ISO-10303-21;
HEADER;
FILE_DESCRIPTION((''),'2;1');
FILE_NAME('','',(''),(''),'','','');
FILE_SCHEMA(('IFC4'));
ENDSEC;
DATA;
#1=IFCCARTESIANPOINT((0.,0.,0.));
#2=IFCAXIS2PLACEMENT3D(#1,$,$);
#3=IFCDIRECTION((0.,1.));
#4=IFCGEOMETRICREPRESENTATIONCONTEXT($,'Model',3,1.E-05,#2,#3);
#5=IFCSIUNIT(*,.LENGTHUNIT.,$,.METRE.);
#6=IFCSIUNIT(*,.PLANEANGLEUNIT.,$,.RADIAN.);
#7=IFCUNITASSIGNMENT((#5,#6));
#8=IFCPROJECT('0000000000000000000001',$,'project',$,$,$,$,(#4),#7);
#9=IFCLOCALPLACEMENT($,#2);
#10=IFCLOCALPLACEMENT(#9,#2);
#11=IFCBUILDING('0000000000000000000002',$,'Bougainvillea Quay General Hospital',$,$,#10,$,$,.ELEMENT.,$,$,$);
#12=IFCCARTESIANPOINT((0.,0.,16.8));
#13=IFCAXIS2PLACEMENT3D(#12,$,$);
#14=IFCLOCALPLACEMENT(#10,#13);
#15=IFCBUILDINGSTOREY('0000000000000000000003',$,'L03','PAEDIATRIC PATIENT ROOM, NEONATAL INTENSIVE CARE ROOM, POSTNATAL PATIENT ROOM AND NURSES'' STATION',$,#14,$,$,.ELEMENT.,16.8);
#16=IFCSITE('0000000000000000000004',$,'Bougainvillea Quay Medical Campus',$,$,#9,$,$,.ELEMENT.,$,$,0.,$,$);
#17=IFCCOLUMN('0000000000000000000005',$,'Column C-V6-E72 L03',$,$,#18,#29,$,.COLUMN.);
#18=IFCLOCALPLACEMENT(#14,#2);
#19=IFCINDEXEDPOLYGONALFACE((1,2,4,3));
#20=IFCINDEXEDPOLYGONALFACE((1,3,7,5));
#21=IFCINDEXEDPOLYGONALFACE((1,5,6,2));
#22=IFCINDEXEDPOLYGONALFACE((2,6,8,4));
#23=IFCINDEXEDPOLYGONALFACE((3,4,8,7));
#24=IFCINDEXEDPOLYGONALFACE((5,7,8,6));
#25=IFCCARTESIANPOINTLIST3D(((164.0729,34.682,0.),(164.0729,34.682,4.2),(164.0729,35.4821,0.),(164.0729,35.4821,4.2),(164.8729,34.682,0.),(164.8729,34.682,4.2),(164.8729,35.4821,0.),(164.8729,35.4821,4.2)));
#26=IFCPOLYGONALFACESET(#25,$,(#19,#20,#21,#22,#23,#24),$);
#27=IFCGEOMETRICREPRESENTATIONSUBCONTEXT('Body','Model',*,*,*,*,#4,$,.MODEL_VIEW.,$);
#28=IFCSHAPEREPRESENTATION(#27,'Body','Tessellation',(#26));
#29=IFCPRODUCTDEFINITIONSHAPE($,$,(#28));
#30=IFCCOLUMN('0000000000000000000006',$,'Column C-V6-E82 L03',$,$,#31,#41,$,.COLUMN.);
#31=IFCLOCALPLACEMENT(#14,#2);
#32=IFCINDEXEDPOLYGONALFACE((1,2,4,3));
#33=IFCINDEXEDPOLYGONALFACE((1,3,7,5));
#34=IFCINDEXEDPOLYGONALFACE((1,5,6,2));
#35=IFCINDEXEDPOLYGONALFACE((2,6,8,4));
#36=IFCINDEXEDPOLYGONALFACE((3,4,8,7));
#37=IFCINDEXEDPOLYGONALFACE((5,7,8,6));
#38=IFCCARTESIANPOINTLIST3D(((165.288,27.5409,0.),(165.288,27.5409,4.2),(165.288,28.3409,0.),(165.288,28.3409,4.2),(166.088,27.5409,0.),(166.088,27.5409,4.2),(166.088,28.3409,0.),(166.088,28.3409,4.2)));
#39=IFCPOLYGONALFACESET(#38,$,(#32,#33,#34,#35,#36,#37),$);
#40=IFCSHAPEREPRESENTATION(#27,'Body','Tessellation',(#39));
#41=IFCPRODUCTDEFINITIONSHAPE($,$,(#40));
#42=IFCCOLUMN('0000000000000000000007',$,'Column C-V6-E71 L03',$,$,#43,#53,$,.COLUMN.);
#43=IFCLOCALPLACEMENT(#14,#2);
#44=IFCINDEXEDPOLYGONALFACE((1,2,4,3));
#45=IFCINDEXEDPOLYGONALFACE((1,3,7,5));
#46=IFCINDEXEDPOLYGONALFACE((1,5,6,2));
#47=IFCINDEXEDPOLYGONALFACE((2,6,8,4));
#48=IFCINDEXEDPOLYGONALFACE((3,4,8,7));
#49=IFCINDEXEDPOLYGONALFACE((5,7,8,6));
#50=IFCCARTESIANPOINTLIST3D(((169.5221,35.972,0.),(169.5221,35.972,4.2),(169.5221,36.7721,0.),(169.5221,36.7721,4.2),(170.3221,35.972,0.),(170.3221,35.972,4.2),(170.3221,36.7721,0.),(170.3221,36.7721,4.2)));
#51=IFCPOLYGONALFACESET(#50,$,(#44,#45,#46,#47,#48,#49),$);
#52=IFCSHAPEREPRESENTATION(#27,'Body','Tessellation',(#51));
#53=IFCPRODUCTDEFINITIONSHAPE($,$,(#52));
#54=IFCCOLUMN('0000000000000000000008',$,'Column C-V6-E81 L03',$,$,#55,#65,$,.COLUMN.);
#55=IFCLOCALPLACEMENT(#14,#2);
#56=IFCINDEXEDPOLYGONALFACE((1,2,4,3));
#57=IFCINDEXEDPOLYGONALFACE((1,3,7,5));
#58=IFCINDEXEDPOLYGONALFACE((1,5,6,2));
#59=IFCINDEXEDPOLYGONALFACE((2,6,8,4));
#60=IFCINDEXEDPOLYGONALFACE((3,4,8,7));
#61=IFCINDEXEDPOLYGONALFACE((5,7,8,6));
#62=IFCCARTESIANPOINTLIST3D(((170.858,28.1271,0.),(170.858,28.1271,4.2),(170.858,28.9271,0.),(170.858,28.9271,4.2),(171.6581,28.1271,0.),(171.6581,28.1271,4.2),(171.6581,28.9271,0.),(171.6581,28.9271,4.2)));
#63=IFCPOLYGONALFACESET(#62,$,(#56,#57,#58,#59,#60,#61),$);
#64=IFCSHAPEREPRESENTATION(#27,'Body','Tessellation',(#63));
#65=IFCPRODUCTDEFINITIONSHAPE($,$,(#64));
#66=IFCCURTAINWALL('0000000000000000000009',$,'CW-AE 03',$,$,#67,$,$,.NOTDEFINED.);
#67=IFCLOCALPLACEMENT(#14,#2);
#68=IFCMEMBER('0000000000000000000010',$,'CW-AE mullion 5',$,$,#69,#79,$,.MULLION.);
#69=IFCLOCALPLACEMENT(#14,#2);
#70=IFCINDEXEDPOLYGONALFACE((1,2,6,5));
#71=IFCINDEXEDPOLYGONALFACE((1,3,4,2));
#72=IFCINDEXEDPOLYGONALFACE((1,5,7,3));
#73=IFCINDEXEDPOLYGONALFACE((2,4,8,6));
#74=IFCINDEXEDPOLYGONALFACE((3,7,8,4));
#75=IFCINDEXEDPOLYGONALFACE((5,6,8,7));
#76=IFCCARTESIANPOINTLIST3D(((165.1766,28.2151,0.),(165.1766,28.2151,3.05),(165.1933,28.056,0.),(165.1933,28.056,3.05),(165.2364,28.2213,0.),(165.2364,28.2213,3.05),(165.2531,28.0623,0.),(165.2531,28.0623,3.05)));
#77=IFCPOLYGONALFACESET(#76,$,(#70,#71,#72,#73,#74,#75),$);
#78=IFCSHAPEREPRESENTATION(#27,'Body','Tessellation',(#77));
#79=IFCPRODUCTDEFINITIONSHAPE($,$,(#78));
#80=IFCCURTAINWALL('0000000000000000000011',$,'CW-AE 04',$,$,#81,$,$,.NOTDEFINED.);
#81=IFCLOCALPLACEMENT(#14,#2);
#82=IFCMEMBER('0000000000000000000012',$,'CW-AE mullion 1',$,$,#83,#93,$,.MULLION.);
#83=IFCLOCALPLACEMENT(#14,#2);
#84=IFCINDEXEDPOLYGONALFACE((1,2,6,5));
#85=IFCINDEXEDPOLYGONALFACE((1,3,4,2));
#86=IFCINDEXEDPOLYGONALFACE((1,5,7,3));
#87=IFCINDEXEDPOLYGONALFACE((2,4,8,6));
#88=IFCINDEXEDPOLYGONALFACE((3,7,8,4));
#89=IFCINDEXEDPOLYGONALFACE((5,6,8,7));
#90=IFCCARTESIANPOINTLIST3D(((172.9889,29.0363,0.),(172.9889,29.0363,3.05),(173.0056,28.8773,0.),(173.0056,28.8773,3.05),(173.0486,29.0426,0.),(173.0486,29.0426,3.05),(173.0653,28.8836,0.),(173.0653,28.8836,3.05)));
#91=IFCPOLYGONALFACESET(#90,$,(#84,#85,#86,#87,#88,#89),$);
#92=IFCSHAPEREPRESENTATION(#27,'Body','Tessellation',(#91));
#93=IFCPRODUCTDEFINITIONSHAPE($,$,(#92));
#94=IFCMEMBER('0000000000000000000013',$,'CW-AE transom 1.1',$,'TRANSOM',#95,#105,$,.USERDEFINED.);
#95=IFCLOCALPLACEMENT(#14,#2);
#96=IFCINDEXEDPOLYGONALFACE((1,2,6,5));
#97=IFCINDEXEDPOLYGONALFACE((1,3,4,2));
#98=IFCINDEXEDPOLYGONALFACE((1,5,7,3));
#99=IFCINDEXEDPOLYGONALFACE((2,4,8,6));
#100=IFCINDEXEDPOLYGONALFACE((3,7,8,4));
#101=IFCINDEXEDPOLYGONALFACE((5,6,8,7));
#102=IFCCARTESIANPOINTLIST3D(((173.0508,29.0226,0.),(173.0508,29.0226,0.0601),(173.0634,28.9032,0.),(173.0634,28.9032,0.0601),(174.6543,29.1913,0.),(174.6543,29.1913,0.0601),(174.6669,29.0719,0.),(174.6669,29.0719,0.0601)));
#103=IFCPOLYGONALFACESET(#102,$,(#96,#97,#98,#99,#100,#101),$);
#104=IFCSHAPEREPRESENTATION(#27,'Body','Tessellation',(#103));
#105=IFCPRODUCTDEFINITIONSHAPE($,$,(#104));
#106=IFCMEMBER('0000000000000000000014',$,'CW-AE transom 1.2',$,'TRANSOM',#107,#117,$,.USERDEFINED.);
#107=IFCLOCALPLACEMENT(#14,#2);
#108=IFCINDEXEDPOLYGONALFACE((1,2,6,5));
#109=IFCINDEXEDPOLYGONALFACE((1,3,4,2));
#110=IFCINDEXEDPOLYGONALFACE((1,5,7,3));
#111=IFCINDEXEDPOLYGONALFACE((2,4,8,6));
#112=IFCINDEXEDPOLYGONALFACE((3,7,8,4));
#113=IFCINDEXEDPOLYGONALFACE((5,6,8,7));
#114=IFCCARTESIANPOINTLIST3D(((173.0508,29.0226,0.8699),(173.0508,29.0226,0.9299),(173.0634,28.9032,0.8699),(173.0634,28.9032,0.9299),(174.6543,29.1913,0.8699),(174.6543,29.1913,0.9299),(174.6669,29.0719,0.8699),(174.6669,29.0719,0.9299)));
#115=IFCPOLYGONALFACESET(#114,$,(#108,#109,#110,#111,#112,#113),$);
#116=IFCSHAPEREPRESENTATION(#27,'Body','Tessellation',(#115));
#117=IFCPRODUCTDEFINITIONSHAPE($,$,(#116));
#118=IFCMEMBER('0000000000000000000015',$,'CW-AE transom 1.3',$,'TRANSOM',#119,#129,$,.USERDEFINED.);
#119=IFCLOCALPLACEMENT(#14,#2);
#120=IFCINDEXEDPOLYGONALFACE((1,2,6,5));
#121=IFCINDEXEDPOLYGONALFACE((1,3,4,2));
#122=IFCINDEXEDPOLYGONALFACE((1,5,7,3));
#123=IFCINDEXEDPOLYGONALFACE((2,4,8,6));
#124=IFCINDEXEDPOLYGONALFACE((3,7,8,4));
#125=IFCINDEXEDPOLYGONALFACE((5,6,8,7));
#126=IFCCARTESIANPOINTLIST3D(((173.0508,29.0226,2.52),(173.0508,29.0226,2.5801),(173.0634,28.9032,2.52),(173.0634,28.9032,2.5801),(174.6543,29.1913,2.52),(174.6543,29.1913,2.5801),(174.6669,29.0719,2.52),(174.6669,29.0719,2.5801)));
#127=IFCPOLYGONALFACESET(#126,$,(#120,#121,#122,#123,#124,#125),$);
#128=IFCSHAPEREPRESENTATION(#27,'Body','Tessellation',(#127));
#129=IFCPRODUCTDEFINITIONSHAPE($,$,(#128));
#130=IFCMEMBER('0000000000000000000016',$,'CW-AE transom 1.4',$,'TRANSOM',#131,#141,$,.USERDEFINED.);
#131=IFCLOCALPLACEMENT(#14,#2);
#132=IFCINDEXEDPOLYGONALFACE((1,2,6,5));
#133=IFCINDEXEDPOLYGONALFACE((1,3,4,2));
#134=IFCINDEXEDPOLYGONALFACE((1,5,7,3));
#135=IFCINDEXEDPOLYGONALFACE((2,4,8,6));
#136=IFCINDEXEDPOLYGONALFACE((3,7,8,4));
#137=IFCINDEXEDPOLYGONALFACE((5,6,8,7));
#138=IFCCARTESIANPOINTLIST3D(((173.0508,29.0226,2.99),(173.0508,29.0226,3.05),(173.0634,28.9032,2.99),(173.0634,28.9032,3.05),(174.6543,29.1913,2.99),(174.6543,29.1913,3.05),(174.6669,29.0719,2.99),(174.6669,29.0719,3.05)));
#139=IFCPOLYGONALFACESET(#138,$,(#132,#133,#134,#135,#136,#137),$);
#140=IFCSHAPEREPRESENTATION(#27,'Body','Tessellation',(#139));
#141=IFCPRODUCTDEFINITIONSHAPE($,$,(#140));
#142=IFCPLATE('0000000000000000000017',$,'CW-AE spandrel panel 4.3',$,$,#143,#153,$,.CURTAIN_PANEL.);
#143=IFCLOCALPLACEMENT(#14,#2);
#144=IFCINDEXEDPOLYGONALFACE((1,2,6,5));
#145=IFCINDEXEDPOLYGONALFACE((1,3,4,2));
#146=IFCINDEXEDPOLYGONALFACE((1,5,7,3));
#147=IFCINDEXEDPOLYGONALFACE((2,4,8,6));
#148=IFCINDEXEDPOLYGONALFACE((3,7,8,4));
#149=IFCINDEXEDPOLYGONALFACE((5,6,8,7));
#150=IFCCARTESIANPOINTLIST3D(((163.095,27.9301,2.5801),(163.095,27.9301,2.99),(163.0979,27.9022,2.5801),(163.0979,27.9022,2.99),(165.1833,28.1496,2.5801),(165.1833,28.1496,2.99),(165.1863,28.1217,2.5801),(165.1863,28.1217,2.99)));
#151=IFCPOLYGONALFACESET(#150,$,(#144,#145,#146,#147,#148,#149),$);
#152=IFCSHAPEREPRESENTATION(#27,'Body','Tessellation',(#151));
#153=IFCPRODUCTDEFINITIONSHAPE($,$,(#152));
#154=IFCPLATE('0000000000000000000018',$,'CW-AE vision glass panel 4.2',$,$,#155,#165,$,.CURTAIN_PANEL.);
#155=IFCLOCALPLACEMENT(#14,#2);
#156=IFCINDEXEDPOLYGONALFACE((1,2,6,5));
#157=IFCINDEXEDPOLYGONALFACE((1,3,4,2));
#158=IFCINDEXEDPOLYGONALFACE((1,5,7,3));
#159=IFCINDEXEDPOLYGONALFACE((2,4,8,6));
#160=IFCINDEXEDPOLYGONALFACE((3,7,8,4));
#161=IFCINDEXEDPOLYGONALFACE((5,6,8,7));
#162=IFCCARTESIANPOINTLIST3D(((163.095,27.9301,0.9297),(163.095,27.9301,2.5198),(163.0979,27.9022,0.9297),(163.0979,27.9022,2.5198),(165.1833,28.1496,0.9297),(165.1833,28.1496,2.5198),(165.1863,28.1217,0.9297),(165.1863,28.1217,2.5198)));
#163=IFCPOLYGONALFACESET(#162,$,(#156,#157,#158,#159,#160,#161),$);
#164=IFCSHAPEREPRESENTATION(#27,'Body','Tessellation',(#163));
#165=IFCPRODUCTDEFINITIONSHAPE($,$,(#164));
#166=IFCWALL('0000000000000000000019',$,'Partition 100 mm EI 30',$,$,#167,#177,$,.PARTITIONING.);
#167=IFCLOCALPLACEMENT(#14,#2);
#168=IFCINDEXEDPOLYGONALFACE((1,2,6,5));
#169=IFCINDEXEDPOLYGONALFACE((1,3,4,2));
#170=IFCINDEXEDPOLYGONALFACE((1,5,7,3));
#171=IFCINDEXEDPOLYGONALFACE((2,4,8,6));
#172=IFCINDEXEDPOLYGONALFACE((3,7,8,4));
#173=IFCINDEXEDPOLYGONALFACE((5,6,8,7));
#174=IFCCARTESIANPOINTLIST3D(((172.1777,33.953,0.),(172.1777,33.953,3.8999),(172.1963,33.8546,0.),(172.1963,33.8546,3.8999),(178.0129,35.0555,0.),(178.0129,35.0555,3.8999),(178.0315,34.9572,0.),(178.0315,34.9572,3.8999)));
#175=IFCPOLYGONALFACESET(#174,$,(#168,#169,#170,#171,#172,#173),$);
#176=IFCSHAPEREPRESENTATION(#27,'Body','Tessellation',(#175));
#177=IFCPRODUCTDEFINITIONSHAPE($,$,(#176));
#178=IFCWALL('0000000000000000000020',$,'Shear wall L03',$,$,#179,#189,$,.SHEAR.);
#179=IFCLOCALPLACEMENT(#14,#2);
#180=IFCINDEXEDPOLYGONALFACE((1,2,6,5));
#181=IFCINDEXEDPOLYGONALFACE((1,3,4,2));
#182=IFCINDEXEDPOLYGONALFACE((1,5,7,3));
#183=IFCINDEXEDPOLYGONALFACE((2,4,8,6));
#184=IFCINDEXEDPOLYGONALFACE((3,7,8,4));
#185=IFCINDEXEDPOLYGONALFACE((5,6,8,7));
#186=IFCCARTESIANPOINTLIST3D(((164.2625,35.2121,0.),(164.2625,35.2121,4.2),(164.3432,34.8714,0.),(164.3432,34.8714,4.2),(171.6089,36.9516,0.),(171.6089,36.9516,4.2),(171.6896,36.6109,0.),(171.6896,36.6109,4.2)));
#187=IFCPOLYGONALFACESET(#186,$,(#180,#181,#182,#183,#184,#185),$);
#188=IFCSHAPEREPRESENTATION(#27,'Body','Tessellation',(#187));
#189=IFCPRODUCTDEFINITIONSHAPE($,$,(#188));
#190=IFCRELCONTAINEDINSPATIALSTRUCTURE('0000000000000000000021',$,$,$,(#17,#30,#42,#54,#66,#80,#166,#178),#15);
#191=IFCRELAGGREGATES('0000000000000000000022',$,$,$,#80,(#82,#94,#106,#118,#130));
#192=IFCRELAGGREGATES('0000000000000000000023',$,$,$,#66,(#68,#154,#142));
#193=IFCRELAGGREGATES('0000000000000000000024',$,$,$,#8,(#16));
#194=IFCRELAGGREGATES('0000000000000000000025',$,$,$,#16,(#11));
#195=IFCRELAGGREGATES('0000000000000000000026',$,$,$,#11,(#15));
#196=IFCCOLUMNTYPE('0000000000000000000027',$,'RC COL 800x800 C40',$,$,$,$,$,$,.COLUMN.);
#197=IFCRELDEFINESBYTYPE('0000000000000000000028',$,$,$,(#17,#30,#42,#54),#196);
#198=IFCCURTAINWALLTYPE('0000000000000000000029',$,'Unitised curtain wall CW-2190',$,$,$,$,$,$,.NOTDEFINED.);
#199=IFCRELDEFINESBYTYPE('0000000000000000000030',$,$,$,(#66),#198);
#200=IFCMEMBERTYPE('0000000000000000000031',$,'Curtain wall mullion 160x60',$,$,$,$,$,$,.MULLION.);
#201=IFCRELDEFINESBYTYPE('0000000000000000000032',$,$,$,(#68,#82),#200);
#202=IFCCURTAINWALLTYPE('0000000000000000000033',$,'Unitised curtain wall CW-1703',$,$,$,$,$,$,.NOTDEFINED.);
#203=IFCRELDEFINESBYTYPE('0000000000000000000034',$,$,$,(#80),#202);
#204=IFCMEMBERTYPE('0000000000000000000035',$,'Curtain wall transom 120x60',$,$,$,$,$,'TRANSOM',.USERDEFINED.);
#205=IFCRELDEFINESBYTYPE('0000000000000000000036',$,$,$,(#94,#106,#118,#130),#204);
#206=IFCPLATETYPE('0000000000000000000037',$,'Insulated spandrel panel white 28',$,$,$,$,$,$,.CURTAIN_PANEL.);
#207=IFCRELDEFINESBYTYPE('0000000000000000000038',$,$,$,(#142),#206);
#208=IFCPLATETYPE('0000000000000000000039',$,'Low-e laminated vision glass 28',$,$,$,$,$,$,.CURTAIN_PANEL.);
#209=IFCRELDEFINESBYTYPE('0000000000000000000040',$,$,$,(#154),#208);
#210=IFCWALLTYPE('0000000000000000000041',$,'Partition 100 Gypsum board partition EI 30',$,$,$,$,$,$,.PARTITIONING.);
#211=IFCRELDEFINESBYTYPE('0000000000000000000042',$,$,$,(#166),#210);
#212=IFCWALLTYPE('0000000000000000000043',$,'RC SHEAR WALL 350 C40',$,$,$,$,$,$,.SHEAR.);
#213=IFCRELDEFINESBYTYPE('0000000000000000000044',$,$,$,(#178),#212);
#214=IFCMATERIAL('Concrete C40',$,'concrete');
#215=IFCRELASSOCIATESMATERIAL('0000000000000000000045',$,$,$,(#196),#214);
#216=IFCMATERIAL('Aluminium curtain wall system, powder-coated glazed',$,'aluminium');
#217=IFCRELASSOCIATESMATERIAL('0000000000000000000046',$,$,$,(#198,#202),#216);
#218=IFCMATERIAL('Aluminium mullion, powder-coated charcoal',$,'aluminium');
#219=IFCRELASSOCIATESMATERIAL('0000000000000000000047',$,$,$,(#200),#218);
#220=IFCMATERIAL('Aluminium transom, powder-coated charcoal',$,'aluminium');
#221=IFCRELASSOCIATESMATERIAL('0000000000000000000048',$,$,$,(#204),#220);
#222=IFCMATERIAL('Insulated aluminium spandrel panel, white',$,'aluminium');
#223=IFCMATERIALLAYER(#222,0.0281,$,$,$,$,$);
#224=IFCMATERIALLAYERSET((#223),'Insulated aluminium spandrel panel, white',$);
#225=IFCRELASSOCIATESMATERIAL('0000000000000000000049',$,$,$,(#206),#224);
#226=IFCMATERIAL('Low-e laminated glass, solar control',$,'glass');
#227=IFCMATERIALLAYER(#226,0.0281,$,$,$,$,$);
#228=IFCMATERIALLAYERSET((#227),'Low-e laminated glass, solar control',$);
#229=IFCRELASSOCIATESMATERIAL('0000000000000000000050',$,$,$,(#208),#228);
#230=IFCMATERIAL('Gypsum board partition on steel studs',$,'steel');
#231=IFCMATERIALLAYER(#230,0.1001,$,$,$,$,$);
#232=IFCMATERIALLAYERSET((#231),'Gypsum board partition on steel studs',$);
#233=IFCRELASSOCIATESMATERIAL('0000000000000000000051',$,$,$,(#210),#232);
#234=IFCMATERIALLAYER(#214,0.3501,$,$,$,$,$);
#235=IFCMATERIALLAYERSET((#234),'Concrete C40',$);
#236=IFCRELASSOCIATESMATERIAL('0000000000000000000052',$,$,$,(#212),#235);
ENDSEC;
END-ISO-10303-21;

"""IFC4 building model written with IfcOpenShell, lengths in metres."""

from ifc_helpers import new_model, si_unit, direction, frame, frame_2d, origin, origin_2d, place, context, subcontext, project, spatial, rectangle, extrude, material, layer, layer_set, material_profile, profile_set, type_object, element, aggregate, save


model = new_model("IFC4")

# Units and contexts
model_context = context("Model", 3, precision=1e-05, world=origin(), true_north=direction((0.0, 1.0)))
body_context = subcontext(model_context, "Body", "Model", "MODEL_VIEW")
ifc_project = project(units=[si_unit("LENGTHUNIT", "METRE"), si_unit("PLANEANGLEUNIT", "RADIAN")], contexts=[model_context])

# Site, building, storey
site_placement = place(None, origin())
site = spatial("IfcSite", under=ifc_project, at=site_placement, Name="Bougainvillea Quay Medical Campus", CompositionType="ELEMENT", RefElevation=0.0)
building_placement = place(site_placement, origin())
building = spatial("IfcBuilding", under=site, at=building_placement, Name="Bougainvillea Quay General Hospital", CompositionType="ELEMENT")
storey_placement = place(building_placement, frame((0.0, 0.0, 16.8)))
storey = spatial("IfcBuildingStorey", under=building, at=storey_placement, Name="L03", Description="PAEDIATRIC PATIENT ROOM, NEONATAL INTENSIVE CARE ROOM, POSTNATAL PATIENT ROOM AND NURSES' STATION", CompositionType="ELEMENT", Elevation=16.8)

# Columns
ifc_material_1 = material(Name="Concrete C40", Category="concrete")
ifc_material_profile_1 = material_profile(ifc_material_1, rectangle(XDim=0.8, YDim=0.8, at=origin_2d()))
ifc_profile_set_1 = profile_set([ifc_material_profile_1], Name="Concrete C40")
column_type = type_object("IfcColumnType", Name="RC COL 800x800 C40", PredefinedType="COLUMN", material=ifc_profile_set_1)
for number, where, z_axis, x_axis, name in (
    (1, (164.4729, 35.082, 0.0), (0.0, 0.0, 1.0), (1.0, 0.0, 0.0), "Column C-V6-E72 L03"),
    (2, (165.688, 27.9409, 0.0), (0.0, 0.0, 1.0), (1.0, 0.0, 0.0), "Column C-V6-E82 L03"),
    (3, (169.9221, 36.3721, 0.0), (0.0, 0.0, 1.0), (1.0, 0.0, 0.0), "Column C-V6-E71 L03"),
    (4, (171.2581, 28.5271, 0.0), (0.0, 0.0, 1.0), (1.0, 0.0, 0.0), "Column C-V6-E81 L03"),
):
    element("IfcColumn", number, at=place(storey_placement, frame(where, z_axis=z_axis, x_axis=x_axis)), inside=storey, type_object=column_type, Name=name, PredefinedType="COLUMN", context=body_context, shape_type="SweptSolid", body=[
        extrude(rectangle(XDim=0.8, YDim=0.8, at=origin_2d()), origin(), (0.0, 0.0, 1.0), 4.2),
    ])

# Curtain wall, member
ifc_material_2 = material(Name="Aluminium curtain wall system, powder-coated glazed", Category="aluminium")
curtain_wall_type_1 = type_object("IfcCurtainWallType", Name="Unitised curtain wall CW-2190", PredefinedType="NOTDEFINED", material=ifc_material_2)
curtain_wall_1_placement = place(storey_placement, origin())
curtain_wall_1 = element("IfcCurtainWall", 5, at=curtain_wall_1_placement, inside=storey, type_object=curtain_wall_type_1, Name="CW-AE 03", PredefinedType="NOTDEFINED")
ifc_material_3 = material(Name="Aluminium mullion, powder-coated charcoal", Category="aluminium")
ifc_material_profile_2 = material_profile(ifc_material_3, rectangle(XDim=0.1599, YDim=0.0601, at=origin_2d()))
ifc_profile_set_2 = profile_set([ifc_material_profile_2], Name="Aluminium mullion, powder-coated charcoal")
member_type_1 = type_object("IfcMemberType", Name="Curtain wall mullion 160x60", PredefinedType="MULLION", material=ifc_profile_set_2)
member_1_placement = place(storey_placement, frame((165.2148, 28.1387, 0.0), z_axis=(0.0, 0.0, 1.0), x_axis=(-0.104527, 0.994522, 0.0)))
member_1 = element("IfcMember", 6, at=member_1_placement, type_object=member_type_1, Name="CW-AE mullion 5", PredefinedType="MULLION", context=body_context, shape_type="SweptSolid", body=[
    extrude(rectangle(XDim=0.1599, YDim=0.0601, at=origin_2d()), origin(), (0.0, 0.0, 1.0), 3.05),
])

# Curtain wall, members
curtain_wall_type_2 = type_object("IfcCurtainWallType", Name="Unitised curtain wall CW-1703", PredefinedType="NOTDEFINED", material=ifc_material_2)
curtain_wall_2_placement = place(storey_placement, origin())
curtain_wall_2 = element("IfcCurtainWall", 7, at=curtain_wall_2_placement, inside=storey, type_object=curtain_wall_type_2, Name="CW-AE 04", PredefinedType="NOTDEFINED")
member_2_placement = place(storey_placement, frame((173.0271, 28.96, 0.0), z_axis=(0.0, 0.0, 1.0), x_axis=(-0.104527, 0.994522, 0.0)))
member_2 = element("IfcMember", 8, at=member_2_placement, type_object=member_type_1, Name="CW-AE mullion 1", PredefinedType="MULLION", context=body_context, shape_type="SweptSolid", body=[
    extrude(rectangle(XDim=0.1599, YDim=0.0601, at=origin_2d()), origin(), (0.0, 0.0, 1.0), 3.05),
])
ifc_material_4 = material(Name="Aluminium transom, powder-coated charcoal", Category="aluminium")
ifc_material_profile_3 = material_profile(ifc_material_4, rectangle(XDim=0.1201, YDim=0.0601, at=origin_2d()))
ifc_profile_set_3 = profile_set([ifc_material_profile_3], Name="Aluminium transom, powder-coated charcoal")
member_type_2 = type_object("IfcMemberType", Name="Curtain wall transom 120x60", ElementType="TRANSOM", PredefinedType="USERDEFINED", material=ifc_profile_set_3)
member_3_placement = place(storey_placement, frame((173.0571, 28.9629, 0.03), z_axis=(0.994511, 0.10463, 0.0), x_axis=(-0.10463, 0.994511, 0.0)))
member_3 = element("IfcMember", 9, at=member_3_placement, type_object=member_type_2, Name="CW-AE transom 1.1", ObjectType="TRANSOM", PredefinedType="USERDEFINED", context=body_context, shape_type="SweptSolid", body=[
    extrude(rectangle(XDim=0.1201, YDim=0.0601, at=origin_2d()), origin(), (0.0, 0.0, 1.0), 1.6123),
])
member_4_placement = place(storey_placement, frame((173.0571, 28.9629, 0.8999), z_axis=(0.994511, 0.10463, 0.0), x_axis=(-0.10463, 0.994511, 0.0)))
member_4 = element("IfcMember", 10, at=member_4_placement, type_object=member_type_2, Name="CW-AE transom 1.2", ObjectType="TRANSOM", PredefinedType="USERDEFINED", context=body_context, shape_type="SweptSolid", body=[
    extrude(rectangle(XDim=0.1201, YDim=0.0601, at=origin_2d()), origin(), (0.0, 0.0, 1.0), 1.6123),
])
member_5_placement = place(storey_placement, frame((173.0571, 28.9629, 2.55), z_axis=(0.994511, 0.10463, 0.0), x_axis=(-0.10463, 0.994511, 0.0)))
member_5 = element("IfcMember", 11, at=member_5_placement, type_object=member_type_2, Name="CW-AE transom 1.3", ObjectType="TRANSOM", PredefinedType="USERDEFINED", context=body_context, shape_type="SweptSolid", body=[
    extrude(rectangle(XDim=0.1201, YDim=0.0601, at=origin_2d()), origin(), (0.0, 0.0, 1.0), 1.6123),
])
member_6_placement = place(storey_placement, frame((173.0571, 28.9629, 3.02), z_axis=(0.994511, 0.10463, 0.0), x_axis=(-0.10463, 0.994511, 0.0)))
member_6 = element("IfcMember", 12, at=member_6_placement, type_object=member_type_2, Name="CW-AE transom 1.4", ObjectType="TRANSOM", PredefinedType="USERDEFINED", context=body_context, shape_type="SweptSolid", body=[
    extrude(rectangle(XDim=0.1201, YDim=0.0601, at=origin_2d()), origin(), (0.0, 0.0, 1.0), 1.6123),
])
aggregate(curtain_wall_2, [member_2, member_3, member_4, member_5, member_6])

# Plates
ifc_material_5 = material(Name="Insulated aluminium spandrel panel, white", Category="aluminium")
ifc_layer_1 = layer(ifc_material_5, 0.0281)
ifc_layer_set_1 = layer_set([ifc_layer_1], Name="Insulated aluminium spandrel panel, white")
plate_type_1 = type_object("IfcPlateType", Name="Insulated spandrel panel white 28", PredefinedType="CURTAIN_PANEL", material=ifc_layer_set_1)
plate_1_placement = place(storey_placement, frame((164.1406, 28.0259, 2.5801), z_axis=(0.0, 0.0, 1.0), x_axis=(0.994522, 0.104527, 0.0)))
plate_1 = element("IfcPlate", 13, at=plate_1_placement, type_object=plate_type_1, Name="CW-AE spandrel panel 4.3", PredefinedType="CURTAIN_PANEL", context=body_context, shape_type="SweptSolid", body=[
    extrude(rectangle(XDim=2.0999, YDim=0.0281, at=origin_2d()), origin(), (0.0, 0.0, 1.0), 0.4099),
])
ifc_material_6 = material(Name="Low-e laminated glass, solar control", Category="glass")
ifc_layer_2 = layer(ifc_material_6, 0.0281)
ifc_layer_set_2 = layer_set([ifc_layer_2], Name="Low-e laminated glass, solar control")
plate_type_2 = type_object("IfcPlateType", Name="Low-e laminated vision glass 28", PredefinedType="CURTAIN_PANEL", material=ifc_layer_set_2)
plate_2_placement = place(storey_placement, frame((164.1406, 28.0259, 0.9297), z_axis=(0.0, 0.0, 1.0), x_axis=(0.994522, 0.104527, 0.0)))
plate_2 = element("IfcPlate", 14, at=plate_2_placement, type_object=plate_type_2, Name="CW-AE vision glass panel 4.2", PredefinedType="CURTAIN_PANEL", context=body_context, shape_type="SweptSolid", body=[
    extrude(rectangle(XDim=2.0999, YDim=0.0281, at=origin_2d()), origin(), (0.0, 0.0, 1.0), 1.5901),
])
aggregate(curtain_wall_1, [member_1, plate_2, plate_1])

# Walls
ifc_material_7 = material(Name="Gypsum board partition on steel studs", Category="steel")
ifc_layer_3 = layer(ifc_material_7, 0.1001)
ifc_layer_set_3 = layer_set([ifc_layer_3], Name="Gypsum board partition on steel studs")
wall_type_1 = type_object("IfcWallType", Name="Partition 100 Gypsum board partition EI 30", PredefinedType="PARTITIONING", material=ifc_layer_set_3)
wall_1_placement = place(storey_placement, frame((172.187, 33.9038, 0.0), z_axis=(0.0, 0.0, 1.0), x_axis=(0.982614, 0.185661, 0.0)))
element("IfcWall", 15, at=wall_1_placement, inside=storey, type_object=wall_type_1, Name="Partition 100 mm EI 30", PredefinedType="PARTITIONING", context=body_context, shape_type="SweptSolid", body=[
    extrude(rectangle(XDim=5.9385, YDim=0.1001, at=frame_2d((2.9692, 0.0))), origin(), (0.0, 0.0, 1.0), 3.8999),
])
ifc_layer_4 = layer(ifc_material_1, 0.3501)
ifc_layer_set_4 = layer_set([ifc_layer_4], Name="Concrete C40")
wall_type_2 = type_object("IfcWallType", Name="RC SHEAR WALL 350 C40", PredefinedType="SHEAR", material=ifc_layer_set_4)
wall_2_placement = place(storey_placement, frame((164.3027, 35.0417, 0.0), z_axis=(0.0, 0.0, 1.0), x_axis=(0.973093, 0.230411, 0.0)))
element("IfcWall", 16, at=wall_2_placement, inside=storey, type_object=wall_type_2, Name="Shear wall L03", PredefinedType="SHEAR", context=body_context, shape_type="SweptSolid", body=[
    extrude(rectangle(XDim=7.5496, YDim=0.3501, at=frame_2d((3.7749, 0.0))), origin(), (0.0, 0.0, 1.0), 4.2),
])

save(model, "model.ifc")
